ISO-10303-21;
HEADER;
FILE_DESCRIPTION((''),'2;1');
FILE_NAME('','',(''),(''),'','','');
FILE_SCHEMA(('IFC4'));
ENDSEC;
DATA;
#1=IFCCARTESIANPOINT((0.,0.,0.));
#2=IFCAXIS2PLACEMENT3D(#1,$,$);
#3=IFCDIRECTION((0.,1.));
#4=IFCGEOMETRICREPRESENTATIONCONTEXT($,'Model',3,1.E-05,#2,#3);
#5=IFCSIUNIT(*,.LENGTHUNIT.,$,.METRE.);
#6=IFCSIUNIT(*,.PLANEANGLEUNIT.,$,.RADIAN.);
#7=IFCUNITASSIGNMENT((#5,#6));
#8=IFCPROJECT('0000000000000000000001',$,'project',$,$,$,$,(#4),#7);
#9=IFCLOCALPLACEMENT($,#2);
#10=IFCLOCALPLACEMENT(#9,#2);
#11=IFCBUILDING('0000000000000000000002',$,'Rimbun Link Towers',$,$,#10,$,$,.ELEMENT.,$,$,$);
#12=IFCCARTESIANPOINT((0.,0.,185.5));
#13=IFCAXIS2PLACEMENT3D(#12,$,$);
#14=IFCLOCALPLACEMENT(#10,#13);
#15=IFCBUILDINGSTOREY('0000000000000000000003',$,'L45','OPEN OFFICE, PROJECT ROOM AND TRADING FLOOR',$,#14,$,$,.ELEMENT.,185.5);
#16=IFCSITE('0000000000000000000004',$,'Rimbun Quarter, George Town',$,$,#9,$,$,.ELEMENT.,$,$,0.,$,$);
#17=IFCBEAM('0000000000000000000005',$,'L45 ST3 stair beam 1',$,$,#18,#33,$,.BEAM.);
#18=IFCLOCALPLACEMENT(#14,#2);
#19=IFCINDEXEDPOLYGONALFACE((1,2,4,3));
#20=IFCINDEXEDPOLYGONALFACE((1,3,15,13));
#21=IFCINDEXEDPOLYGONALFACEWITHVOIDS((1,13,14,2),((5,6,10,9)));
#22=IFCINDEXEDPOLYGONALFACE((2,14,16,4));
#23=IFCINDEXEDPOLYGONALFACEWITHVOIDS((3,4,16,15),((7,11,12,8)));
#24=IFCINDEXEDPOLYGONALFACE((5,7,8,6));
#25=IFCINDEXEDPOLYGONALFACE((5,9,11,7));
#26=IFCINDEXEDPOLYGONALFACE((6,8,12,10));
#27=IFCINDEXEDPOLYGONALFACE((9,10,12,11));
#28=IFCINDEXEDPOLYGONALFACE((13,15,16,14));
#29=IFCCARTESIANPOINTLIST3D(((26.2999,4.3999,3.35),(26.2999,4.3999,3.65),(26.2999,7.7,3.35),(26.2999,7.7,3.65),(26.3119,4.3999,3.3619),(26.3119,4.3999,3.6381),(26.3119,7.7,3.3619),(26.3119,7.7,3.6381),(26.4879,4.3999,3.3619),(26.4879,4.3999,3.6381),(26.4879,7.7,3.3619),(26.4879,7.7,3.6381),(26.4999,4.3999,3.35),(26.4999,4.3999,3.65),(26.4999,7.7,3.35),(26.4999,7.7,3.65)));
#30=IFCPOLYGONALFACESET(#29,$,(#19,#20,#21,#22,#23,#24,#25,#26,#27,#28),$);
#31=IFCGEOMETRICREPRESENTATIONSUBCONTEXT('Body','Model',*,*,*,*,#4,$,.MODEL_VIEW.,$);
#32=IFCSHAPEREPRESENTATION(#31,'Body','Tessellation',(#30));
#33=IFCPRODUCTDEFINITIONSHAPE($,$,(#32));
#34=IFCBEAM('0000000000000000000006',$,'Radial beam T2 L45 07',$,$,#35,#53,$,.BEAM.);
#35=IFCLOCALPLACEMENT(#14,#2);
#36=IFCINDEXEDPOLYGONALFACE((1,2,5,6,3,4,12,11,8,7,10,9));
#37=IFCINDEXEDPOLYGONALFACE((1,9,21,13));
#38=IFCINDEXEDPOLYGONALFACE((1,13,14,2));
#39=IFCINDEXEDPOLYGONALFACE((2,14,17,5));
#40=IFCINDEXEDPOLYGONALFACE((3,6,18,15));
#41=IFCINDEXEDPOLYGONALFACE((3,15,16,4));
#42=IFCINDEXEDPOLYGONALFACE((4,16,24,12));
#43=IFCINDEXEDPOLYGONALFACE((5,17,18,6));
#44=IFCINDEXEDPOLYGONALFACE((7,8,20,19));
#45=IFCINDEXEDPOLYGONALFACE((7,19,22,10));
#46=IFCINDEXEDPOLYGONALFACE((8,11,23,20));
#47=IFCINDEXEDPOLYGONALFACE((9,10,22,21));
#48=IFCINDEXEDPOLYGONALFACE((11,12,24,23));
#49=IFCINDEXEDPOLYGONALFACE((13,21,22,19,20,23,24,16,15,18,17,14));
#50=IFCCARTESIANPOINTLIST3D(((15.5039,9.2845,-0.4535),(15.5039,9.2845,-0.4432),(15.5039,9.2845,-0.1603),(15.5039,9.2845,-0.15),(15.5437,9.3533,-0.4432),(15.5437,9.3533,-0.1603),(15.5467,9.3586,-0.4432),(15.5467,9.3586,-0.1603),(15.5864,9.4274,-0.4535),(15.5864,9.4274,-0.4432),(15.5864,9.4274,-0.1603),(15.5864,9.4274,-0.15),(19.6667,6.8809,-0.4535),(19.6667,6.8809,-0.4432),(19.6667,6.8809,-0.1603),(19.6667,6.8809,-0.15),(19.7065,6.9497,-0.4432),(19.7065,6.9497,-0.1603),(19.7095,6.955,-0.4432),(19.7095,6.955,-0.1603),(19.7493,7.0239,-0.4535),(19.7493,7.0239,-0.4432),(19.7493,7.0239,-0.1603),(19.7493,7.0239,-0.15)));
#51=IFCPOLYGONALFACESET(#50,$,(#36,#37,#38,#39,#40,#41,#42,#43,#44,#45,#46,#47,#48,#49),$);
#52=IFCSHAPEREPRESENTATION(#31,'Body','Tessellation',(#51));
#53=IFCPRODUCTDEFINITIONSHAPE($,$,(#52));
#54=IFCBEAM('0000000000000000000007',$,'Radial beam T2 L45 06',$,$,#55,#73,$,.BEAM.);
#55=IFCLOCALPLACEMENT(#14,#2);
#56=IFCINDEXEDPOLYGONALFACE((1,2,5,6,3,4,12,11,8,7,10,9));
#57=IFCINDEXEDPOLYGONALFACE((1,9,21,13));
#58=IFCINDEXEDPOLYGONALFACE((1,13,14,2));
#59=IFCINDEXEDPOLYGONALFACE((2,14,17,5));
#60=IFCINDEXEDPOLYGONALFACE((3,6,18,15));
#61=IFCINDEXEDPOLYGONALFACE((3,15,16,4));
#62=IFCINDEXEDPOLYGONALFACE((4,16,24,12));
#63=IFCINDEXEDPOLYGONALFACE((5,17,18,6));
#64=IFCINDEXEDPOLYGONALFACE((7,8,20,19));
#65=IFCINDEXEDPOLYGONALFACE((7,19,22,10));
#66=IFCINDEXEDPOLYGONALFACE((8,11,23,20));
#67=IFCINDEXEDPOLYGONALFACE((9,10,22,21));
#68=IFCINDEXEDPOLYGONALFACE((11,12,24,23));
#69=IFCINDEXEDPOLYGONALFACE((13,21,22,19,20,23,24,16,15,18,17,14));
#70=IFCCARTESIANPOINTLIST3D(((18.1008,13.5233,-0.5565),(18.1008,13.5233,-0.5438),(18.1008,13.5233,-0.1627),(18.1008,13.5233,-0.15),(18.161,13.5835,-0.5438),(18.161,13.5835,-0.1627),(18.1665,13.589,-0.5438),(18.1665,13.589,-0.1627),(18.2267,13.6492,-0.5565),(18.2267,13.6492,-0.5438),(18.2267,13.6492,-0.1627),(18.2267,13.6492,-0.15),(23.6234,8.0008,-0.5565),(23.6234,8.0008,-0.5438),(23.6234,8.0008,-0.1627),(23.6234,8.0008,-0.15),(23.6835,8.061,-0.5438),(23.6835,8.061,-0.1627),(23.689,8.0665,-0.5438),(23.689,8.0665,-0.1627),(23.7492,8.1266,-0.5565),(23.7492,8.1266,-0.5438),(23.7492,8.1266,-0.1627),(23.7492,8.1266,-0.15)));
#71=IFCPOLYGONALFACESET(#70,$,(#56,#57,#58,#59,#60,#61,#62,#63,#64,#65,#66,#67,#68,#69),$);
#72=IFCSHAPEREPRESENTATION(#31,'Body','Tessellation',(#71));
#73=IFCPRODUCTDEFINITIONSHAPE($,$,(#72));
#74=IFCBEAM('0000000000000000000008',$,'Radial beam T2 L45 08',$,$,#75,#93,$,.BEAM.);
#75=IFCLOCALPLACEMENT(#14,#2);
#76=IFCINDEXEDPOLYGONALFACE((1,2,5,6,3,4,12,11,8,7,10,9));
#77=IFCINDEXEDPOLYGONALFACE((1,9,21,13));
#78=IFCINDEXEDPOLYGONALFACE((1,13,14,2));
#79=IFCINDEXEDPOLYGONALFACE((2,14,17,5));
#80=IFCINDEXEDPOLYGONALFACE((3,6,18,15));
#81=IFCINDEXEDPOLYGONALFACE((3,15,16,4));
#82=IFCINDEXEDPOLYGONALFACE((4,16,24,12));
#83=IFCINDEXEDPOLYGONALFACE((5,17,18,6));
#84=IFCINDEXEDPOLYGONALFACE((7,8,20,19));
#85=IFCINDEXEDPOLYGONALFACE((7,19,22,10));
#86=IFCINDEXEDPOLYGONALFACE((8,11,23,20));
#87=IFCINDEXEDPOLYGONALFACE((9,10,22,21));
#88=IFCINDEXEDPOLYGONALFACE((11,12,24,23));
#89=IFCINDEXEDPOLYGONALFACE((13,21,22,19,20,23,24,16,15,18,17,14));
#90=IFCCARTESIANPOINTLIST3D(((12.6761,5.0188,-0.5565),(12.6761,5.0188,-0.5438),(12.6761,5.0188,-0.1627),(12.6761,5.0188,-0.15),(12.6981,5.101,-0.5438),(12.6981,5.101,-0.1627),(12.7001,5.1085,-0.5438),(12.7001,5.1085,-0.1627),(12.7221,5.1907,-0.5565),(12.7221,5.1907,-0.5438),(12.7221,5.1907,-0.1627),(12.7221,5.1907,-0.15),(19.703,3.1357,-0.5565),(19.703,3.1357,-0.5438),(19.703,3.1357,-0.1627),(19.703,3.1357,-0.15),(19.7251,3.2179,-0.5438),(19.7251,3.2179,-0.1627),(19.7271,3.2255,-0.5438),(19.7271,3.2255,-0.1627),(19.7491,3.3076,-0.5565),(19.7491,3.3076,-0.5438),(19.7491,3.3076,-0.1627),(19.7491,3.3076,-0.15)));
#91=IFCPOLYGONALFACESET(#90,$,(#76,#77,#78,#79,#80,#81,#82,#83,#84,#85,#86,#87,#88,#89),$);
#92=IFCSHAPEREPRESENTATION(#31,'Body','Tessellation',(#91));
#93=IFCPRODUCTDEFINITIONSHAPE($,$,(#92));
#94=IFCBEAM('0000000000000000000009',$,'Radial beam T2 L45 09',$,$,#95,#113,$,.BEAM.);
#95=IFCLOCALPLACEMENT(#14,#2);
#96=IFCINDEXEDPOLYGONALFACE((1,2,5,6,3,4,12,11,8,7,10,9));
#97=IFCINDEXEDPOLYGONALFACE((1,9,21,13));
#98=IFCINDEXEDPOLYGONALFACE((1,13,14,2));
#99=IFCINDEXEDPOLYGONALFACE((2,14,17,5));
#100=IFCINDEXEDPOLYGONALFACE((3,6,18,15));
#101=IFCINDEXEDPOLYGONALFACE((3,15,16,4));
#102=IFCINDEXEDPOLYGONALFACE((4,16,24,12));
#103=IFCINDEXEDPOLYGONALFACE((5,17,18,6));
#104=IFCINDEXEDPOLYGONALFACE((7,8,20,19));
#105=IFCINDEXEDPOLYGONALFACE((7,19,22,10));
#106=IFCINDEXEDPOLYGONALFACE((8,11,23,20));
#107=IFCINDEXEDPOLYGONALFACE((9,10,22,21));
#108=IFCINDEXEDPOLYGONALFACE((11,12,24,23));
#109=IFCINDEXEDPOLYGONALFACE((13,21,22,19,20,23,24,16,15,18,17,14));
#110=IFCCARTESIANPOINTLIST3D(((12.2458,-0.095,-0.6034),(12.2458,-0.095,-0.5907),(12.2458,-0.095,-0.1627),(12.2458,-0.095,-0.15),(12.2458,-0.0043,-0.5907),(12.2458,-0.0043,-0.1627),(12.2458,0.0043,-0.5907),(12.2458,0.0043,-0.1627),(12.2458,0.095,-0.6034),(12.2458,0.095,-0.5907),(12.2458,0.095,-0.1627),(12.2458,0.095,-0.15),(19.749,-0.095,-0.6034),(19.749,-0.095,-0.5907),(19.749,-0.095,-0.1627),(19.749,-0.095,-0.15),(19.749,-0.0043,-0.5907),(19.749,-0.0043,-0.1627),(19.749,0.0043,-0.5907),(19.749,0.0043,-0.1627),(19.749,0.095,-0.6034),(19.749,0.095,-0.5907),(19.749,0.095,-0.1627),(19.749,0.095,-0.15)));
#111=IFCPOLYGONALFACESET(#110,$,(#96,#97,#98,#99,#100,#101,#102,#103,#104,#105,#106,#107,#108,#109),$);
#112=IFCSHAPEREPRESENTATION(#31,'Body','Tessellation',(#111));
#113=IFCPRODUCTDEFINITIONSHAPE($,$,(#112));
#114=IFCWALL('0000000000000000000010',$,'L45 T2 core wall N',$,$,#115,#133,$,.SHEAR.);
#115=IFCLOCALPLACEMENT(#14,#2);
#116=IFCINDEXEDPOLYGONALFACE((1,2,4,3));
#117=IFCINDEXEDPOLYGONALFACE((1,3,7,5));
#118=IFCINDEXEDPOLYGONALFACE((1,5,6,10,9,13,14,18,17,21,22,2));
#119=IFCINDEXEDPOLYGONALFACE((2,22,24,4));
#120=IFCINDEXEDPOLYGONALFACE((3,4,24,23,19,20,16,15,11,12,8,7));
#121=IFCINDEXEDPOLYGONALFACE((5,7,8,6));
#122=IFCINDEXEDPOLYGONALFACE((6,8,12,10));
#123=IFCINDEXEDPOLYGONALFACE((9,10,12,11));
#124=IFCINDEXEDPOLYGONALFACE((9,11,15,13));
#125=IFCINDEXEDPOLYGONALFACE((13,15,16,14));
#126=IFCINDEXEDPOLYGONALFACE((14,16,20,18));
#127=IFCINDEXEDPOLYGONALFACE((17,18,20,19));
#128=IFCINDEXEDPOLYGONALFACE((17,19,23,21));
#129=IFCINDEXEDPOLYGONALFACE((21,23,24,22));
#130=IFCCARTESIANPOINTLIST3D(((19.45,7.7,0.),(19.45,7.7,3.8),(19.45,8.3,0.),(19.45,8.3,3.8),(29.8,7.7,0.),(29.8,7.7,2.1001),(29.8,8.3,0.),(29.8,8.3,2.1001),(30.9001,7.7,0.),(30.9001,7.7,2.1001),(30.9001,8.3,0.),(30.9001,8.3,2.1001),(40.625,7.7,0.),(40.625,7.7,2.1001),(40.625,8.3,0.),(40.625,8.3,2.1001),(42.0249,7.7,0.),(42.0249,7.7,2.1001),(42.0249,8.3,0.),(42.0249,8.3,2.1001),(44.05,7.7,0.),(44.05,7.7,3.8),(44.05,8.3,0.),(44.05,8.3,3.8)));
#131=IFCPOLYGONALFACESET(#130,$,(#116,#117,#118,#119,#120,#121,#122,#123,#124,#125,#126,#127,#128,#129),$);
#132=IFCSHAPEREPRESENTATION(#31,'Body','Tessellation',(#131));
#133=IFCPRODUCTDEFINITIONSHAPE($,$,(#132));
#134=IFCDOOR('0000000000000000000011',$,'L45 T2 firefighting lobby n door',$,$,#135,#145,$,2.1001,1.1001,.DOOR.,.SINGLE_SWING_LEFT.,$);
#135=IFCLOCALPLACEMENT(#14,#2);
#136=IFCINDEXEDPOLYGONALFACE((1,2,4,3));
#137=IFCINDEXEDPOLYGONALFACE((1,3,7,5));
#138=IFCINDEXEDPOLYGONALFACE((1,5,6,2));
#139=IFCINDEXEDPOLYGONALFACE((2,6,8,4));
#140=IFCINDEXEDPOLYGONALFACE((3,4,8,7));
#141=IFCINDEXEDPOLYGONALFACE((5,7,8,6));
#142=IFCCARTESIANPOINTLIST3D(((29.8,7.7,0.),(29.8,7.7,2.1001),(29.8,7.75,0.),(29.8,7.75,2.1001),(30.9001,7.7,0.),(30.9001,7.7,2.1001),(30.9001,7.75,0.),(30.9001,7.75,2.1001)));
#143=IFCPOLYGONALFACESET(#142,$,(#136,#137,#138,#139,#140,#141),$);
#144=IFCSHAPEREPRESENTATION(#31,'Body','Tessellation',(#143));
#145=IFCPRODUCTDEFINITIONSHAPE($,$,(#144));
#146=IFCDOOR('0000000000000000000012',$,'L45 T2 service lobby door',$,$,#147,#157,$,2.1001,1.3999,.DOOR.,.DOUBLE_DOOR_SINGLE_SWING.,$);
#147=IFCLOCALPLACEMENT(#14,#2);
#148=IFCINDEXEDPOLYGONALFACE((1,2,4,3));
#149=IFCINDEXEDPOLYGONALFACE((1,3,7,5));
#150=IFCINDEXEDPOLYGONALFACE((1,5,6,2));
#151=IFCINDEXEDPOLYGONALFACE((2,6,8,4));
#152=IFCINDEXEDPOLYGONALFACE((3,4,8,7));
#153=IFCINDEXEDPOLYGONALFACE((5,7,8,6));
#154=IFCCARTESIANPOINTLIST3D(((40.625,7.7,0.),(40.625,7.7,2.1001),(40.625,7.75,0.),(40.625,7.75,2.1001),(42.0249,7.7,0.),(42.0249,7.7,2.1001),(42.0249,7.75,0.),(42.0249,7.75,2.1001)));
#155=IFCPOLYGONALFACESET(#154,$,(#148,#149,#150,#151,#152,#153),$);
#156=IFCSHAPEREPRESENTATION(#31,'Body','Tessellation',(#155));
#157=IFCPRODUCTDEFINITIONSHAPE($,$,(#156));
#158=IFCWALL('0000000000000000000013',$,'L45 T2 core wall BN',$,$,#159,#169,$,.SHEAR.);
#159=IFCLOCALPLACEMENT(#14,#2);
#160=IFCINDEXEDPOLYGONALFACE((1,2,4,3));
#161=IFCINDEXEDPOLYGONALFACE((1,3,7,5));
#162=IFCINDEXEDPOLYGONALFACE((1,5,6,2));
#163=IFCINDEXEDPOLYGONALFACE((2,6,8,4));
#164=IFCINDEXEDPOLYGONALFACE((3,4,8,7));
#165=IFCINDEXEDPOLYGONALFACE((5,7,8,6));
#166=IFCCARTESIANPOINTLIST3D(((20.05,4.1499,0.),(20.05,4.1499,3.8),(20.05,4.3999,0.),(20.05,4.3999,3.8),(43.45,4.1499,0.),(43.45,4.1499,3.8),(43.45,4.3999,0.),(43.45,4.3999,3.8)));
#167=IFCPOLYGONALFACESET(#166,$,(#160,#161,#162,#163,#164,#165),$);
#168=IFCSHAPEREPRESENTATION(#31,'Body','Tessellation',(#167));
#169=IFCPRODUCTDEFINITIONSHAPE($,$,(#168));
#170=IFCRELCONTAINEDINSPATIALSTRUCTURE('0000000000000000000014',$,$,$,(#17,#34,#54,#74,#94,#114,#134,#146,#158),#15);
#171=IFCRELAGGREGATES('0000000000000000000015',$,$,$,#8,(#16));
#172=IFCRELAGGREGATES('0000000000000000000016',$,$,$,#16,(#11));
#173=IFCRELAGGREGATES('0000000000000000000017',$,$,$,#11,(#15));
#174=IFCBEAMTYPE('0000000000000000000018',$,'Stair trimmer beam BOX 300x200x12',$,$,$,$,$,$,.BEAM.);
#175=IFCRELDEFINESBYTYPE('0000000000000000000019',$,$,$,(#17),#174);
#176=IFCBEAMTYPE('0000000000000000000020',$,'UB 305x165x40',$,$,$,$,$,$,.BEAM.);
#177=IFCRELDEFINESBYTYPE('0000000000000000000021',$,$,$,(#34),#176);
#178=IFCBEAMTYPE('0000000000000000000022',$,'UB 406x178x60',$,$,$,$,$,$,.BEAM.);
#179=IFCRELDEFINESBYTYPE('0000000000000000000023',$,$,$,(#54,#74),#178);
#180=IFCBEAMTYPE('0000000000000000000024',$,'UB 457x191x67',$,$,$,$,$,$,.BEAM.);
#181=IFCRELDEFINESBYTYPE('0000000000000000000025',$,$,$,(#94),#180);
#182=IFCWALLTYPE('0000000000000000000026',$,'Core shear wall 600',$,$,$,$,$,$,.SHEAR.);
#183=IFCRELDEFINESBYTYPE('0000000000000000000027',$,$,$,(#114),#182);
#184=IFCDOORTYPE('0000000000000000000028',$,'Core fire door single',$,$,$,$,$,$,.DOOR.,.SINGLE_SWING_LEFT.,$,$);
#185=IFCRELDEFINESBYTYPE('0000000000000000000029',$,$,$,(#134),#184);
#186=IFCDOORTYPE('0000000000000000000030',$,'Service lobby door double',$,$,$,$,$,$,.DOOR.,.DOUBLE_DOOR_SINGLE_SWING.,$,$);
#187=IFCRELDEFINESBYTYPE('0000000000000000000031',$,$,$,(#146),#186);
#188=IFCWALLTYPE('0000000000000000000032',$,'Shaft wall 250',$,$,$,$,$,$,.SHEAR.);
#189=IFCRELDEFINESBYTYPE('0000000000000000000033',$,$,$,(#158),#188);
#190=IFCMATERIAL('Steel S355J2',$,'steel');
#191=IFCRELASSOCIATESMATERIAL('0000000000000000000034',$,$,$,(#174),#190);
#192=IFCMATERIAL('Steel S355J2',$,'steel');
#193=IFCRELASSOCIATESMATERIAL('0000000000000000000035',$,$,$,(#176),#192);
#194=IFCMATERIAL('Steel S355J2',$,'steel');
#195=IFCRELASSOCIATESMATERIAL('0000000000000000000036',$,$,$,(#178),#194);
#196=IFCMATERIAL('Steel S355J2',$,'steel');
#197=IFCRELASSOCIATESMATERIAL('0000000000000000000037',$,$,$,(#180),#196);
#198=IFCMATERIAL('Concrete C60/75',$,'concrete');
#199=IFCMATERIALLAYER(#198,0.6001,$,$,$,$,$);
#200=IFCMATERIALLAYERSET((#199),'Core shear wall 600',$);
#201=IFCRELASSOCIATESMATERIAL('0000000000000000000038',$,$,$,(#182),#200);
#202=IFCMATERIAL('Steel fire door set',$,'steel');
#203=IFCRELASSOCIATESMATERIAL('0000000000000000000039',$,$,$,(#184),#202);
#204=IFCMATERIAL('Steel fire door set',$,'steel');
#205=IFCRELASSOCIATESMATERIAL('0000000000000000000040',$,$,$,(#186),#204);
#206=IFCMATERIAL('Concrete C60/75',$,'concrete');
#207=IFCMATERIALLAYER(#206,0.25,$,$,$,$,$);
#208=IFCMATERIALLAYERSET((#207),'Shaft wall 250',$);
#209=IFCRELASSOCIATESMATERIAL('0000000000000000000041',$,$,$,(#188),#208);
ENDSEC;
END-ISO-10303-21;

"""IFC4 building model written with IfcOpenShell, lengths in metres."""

from ifc_helpers import new_model, si_unit, direction, frame, frame_2d, origin, origin_2d, place, context, subcontext, project, spatial, rectangle, hollow_rectangle, i_section, extrude, material, layer, layer_set, material_profile, profile_set, type_object, element, fill, save


model = new_model("IFC4")

# Units and contexts
model_context = context("Model", 3, precision=1e-05, world=origin(), true_north=direction((0.0, 1.0)))
body_context = subcontext(model_context, "Body", "Model", "MODEL_VIEW")
ifc_project = project(units=[si_unit("LENGTHUNIT", "METRE"), si_unit("PLANEANGLEUNIT", "RADIAN")], contexts=[model_context])

# Site, building, storey
site_placement = place(None, origin())
site = spatial("IfcSite", under=ifc_project, at=site_placement, Name="Rimbun Quarter, George Town", CompositionType="ELEMENT", RefElevation=0.0)
building_placement = place(site_placement, origin())
building = spatial("IfcBuilding", under=site, at=building_placement, Name="Rimbun Link Towers", CompositionType="ELEMENT")
storey_placement = place(building_placement, frame((0.0, 0.0, 185.5)))
storey = spatial("IfcBuildingStorey", under=building, at=storey_placement, Name="L45", Description="OPEN OFFICE, PROJECT ROOM AND TRADING FLOOR", CompositionType="ELEMENT", Elevation=185.5)

# Beams
ifc_material_1 = material(Name="Steel S355J2", Category="steel")
ifc_material_profile_1 = material_profile(ifc_material_1, hollow_rectangle(XDim=0.2, YDim=0.3, WallThickness=0.012, at=origin_2d()), Name="BOX 300x200x12")
ifc_profile_set_1 = profile_set([ifc_material_profile_1], Name="Steel S355J2")
beam_type_1 = type_object("IfcBeamType", Name="Stair trimmer beam BOX 300x200x12", PredefinedType="BEAM", material=ifc_profile_set_1)
beam_1_placement = place(storey_placement, frame((26.3999, 7.7, 3.5), z_axis=(0.0, -1.0, 0.0), x_axis=(1.0, 0.0, 0.0)))
element("IfcBeam", 1, at=beam_1_placement, inside=storey, type_object=beam_type_1, Name="L45 ST3 stair beam 1", PredefinedType="BEAM", context=body_context, shape_type="SweptSolid", body=[
    extrude(hollow_rectangle(XDim=0.2, YDim=0.3, WallThickness=0.012, at=origin_2d()), origin(), (0.0, 0.0, 1.0), 3.3),
])
ifc_material_2 = material(Name="Steel S355J2", Category="steel")
ifc_material_profile_2 = material_profile(ifc_material_2, i_section(OverallWidth=0.165, OverallDepth=0.3035, WebThickness=0.0061, FlangeThickness=0.0103, at=origin_2d()), Name="UB 305x165x40")
ifc_profile_set_2 = profile_set([ifc_material_profile_2], Name="Steel S355J2")
beam_type_2 = type_object("IfcBeamType", Name="UB 305x165x40", PredefinedType="BEAM", material=ifc_profile_set_2)
beam_2_placement = place(storey_placement, frame((19.708, 6.9524, -0.3018), z_axis=(-0.866012, 0.500023, 0.0), x_axis=(-0.500023, -0.866012, 0.0)))
element("IfcBeam", 2, at=beam_2_placement, inside=storey, type_object=beam_type_2, Name="Radial beam T2 L45 07", PredefinedType="BEAM", context=body_context, shape_type="SweptSolid", body=[
    extrude(i_section(OverallWidth=0.165, OverallDepth=0.3035, WebThickness=0.0061, FlangeThickness=0.0103, at=origin_2d()), origin(), (0.0, 0.0, 1.0), 4.8069),
])
ifc_material_3 = material(Name="Steel S355J2", Category="steel")
ifc_material_profile_3 = material_profile(ifc_material_3, i_section(OverallWidth=0.178, OverallDepth=0.4065, WebThickness=0.0078, FlangeThickness=0.0127, at=origin_2d()), Name="UB 406x178x60")
ifc_profile_set_3 = profile_set([ifc_material_profile_3], Name="Steel S355J2")
beam_type_3 = type_object("IfcBeamType", Name="UB 406x178x60", PredefinedType="BEAM", material=ifc_profile_set_3)
beam_3_placement = place(storey_placement, frame((23.6863, 8.0637, -0.3533), z_axis=(-0.707107, 0.707107, 0.0), x_axis=(-0.707107, -0.707107, 0.0)))
element("IfcBeam", 3, at=beam_3_placement, inside=storey, type_object=beam_type_3, Name="Radial beam T2 L45 06", PredefinedType="BEAM", context=body_context, shape_type="SweptSolid", body=[
    extrude(i_section(OverallWidth=0.178, OverallDepth=0.4065, WebThickness=0.0078, FlangeThickness=0.0127, at=origin_2d()), origin(), (0.0, 0.0, 1.0), 7.8101),
])
beam_4_placement = place(storey_placement, frame((19.7261, 3.2217, -0.3533), z_axis=(-0.965918, 0.258847, 0.0), x_axis=(-0.258847, -0.965918, 0.0)))
element("IfcBeam", 4, at=beam_4_placement, inside=storey, type_object=beam_type_3, Name="Radial beam T2 L45 08", PredefinedType="BEAM", context=body_context, shape_type="SweptSolid", body=[
    extrude(i_section(OverallWidth=0.178, OverallDepth=0.4065, WebThickness=0.0078, FlangeThickness=0.0127, at=origin_2d()), origin(), (0.0, 0.0, 1.0), 7.2749),
])
ifc_material_4 = material(Name="Steel S355J2", Category="steel")
ifc_material_profile_4 = material_profile(ifc_material_4, i_section(OverallWidth=0.1899, OverallDepth=0.4534, WebThickness=0.0085, FlangeThickness=0.0127, at=origin_2d()), Name="UB 457x191x67")
ifc_profile_set_4 = profile_set([ifc_material_profile_4], Name="Steel S355J2")
beam_type_4 = type_object("IfcBeamType", Name="UB 457x191x67", PredefinedType="BEAM", material=ifc_profile_set_4)
beam_5_placement = place(storey_placement, frame((19.749, 0.0, -0.3767), z_axis=(-1.0, 0.0, 0.0), x_axis=(0.0, -1.0, 0.0)))
element("IfcBeam", 5, at=beam_5_placement, inside=storey, type_object=beam_type_4, Name="Radial beam T2 L45 09", PredefinedType="BEAM", context=body_context, shape_type="SweptSolid", body=[
    extrude(i_section(OverallWidth=0.1899, OverallDepth=0.4534, WebThickness=0.0085, FlangeThickness=0.0127, at=origin_2d()), origin(), (0.0, 0.0, 1.0), 7.5032),
])

# Wall, openings, doors
ifc_material_5 = material(Name="Concrete C60/75", Category="concrete")
ifc_layer_1 = layer(ifc_material_5, 0.6001)
ifc_layer_set_1 = layer_set([ifc_layer_1], Name="Core shear wall 600")
wall_type_1 = type_object("IfcWallType", Name="Core shear wall 600", PredefinedType="SHEAR", material=ifc_layer_set_1)
wall_1_placement = place(storey_placement, frame((19.45, 8.0, 0.0), z_axis=(0.0, 0.0, 1.0), x_axis=(1.0, 0.0, 0.0)))
wall_1 = element("IfcWall", 6, at=wall_1_placement, inside=storey, type_object=wall_type_1, Name="L45 T2 core wall N", PredefinedType="SHEAR", context=body_context, shape_type="SweptSolid", body=[
    extrude(rectangle(XDim=24.6001, YDim=0.6001, at=frame_2d((12.3, 0.0))), origin(), (0.0, 0.0, 1.0), 3.8),
])
opening_1_placement = place(wall_1_placement, frame((10.3501, 0.0, 0.0)))
opening_1 = element("IfcOpeningElement", 7, at=opening_1_placement, cuts=wall_1, PredefinedType="OPENING", context=body_context, shape_type="SweptSolid", body=[
    extrude(rectangle(XDim=1.1001, YDim=2.1001, at=frame_2d((0.55, 1.05))), frame((0.0, 0.3101, 0.0), z_axis=(0.0, -1.0, 0.0), x_axis=(1.0, 0.0, 0.0)), (0.0, 0.0, 1.0), 0.6201),
])
opening_2_placement = place(wall_1_placement, frame((21.175, 0.0, 0.0)))
opening_2 = element("IfcOpeningElement", 8, at=opening_2_placement, cuts=wall_1, PredefinedType="OPENING", context=body_context, shape_type="SweptSolid", body=[
    extrude(rectangle(XDim=1.3999, YDim=2.1001, at=frame_2d((0.7, 1.05))), frame((0.0, 0.3101, 0.0), z_axis=(0.0, -1.0, 0.0), x_axis=(1.0, 0.0, 0.0)), (0.0, 0.0, 1.0), 0.6201),
])
ifc_material_6 = material(Name="Steel fire door set", Category="steel")
door_type_1 = type_object("IfcDoorType", Name="Core fire door single", OperationType="SINGLE_SWING_LEFT", PredefinedType="DOOR", material=ifc_material_6)
door_1_placement = place(opening_1_placement, origin())
door_1 = element("IfcDoor", 9, at=door_1_placement, inside=storey, type_object=door_type_1, Name="L45 T2 firefighting lobby n door", OperationType="SINGLE_SWING_LEFT", OverallHeight=2.1001, OverallWidth=1.1001, PredefinedType="DOOR", context=body_context, shape_type="SweptSolid", body=[
    extrude(rectangle(XDim=1.1001, YDim=2.1001, at=frame_2d((0.55, 1.05))), frame((0.0, -0.25, 0.0), z_axis=(0.0, -1.0, 0.0), x_axis=(1.0, 0.0, 0.0)), (0.0, 0.0, 1.0), 0.05),
])
fill(opening_1, door_1)
ifc_material_7 = material(Name="Steel fire door set", Category="steel")
door_type_2 = type_object("IfcDoorType", Name="Service lobby door double", OperationType="DOUBLE_DOOR_SINGLE_SWING", PredefinedType="DOOR", material=ifc_material_7)
door_2_placement = place(opening_2_placement, origin())
door_2 = element("IfcDoor", 10, at=door_2_placement, inside=storey, type_object=door_type_2, Name="L45 T2 service lobby door", OperationType="DOUBLE_DOOR_SINGLE_SWING", OverallHeight=2.1001, OverallWidth=1.3999, PredefinedType="DOOR", context=body_context, shape_type="SweptSolid", body=[
    extrude(rectangle(XDim=1.3999, YDim=2.1001, at=frame_2d((0.7, 1.05))), frame((0.0, -0.25, 0.0), z_axis=(0.0, -1.0, 0.0), x_axis=(1.0, 0.0, 0.0)), (0.0, 0.0, 1.0), 0.05),
])
fill(opening_2, door_2)

# Wall
ifc_material_8 = material(Name="Concrete C60/75", Category="concrete")
ifc_layer_2 = layer(ifc_material_8, 0.25)
ifc_layer_set_2 = layer_set([ifc_layer_2], Name="Shaft wall 250")
wall_type_2 = type_object("IfcWallType", Name="Shaft wall 250", PredefinedType="SHEAR", material=ifc_layer_set_2)
wall_2_placement = place(storey_placement, frame((20.05, 4.2749, 0.0), z_axis=(0.0, 0.0, 1.0), x_axis=(1.0, 0.0, 0.0)))
element("IfcWall", 11, at=wall_2_placement, inside=storey, type_object=wall_type_2, Name="L45 T2 core wall BN", PredefinedType="SHEAR", context=body_context, shape_type="SweptSolid", body=[
    extrude(rectangle(XDim=23.3999, YDim=0.25, at=frame_2d((11.7, 0.0))), origin(), (0.0, 0.0, 1.0), 3.8),
])

save(model, "model.ifc")
